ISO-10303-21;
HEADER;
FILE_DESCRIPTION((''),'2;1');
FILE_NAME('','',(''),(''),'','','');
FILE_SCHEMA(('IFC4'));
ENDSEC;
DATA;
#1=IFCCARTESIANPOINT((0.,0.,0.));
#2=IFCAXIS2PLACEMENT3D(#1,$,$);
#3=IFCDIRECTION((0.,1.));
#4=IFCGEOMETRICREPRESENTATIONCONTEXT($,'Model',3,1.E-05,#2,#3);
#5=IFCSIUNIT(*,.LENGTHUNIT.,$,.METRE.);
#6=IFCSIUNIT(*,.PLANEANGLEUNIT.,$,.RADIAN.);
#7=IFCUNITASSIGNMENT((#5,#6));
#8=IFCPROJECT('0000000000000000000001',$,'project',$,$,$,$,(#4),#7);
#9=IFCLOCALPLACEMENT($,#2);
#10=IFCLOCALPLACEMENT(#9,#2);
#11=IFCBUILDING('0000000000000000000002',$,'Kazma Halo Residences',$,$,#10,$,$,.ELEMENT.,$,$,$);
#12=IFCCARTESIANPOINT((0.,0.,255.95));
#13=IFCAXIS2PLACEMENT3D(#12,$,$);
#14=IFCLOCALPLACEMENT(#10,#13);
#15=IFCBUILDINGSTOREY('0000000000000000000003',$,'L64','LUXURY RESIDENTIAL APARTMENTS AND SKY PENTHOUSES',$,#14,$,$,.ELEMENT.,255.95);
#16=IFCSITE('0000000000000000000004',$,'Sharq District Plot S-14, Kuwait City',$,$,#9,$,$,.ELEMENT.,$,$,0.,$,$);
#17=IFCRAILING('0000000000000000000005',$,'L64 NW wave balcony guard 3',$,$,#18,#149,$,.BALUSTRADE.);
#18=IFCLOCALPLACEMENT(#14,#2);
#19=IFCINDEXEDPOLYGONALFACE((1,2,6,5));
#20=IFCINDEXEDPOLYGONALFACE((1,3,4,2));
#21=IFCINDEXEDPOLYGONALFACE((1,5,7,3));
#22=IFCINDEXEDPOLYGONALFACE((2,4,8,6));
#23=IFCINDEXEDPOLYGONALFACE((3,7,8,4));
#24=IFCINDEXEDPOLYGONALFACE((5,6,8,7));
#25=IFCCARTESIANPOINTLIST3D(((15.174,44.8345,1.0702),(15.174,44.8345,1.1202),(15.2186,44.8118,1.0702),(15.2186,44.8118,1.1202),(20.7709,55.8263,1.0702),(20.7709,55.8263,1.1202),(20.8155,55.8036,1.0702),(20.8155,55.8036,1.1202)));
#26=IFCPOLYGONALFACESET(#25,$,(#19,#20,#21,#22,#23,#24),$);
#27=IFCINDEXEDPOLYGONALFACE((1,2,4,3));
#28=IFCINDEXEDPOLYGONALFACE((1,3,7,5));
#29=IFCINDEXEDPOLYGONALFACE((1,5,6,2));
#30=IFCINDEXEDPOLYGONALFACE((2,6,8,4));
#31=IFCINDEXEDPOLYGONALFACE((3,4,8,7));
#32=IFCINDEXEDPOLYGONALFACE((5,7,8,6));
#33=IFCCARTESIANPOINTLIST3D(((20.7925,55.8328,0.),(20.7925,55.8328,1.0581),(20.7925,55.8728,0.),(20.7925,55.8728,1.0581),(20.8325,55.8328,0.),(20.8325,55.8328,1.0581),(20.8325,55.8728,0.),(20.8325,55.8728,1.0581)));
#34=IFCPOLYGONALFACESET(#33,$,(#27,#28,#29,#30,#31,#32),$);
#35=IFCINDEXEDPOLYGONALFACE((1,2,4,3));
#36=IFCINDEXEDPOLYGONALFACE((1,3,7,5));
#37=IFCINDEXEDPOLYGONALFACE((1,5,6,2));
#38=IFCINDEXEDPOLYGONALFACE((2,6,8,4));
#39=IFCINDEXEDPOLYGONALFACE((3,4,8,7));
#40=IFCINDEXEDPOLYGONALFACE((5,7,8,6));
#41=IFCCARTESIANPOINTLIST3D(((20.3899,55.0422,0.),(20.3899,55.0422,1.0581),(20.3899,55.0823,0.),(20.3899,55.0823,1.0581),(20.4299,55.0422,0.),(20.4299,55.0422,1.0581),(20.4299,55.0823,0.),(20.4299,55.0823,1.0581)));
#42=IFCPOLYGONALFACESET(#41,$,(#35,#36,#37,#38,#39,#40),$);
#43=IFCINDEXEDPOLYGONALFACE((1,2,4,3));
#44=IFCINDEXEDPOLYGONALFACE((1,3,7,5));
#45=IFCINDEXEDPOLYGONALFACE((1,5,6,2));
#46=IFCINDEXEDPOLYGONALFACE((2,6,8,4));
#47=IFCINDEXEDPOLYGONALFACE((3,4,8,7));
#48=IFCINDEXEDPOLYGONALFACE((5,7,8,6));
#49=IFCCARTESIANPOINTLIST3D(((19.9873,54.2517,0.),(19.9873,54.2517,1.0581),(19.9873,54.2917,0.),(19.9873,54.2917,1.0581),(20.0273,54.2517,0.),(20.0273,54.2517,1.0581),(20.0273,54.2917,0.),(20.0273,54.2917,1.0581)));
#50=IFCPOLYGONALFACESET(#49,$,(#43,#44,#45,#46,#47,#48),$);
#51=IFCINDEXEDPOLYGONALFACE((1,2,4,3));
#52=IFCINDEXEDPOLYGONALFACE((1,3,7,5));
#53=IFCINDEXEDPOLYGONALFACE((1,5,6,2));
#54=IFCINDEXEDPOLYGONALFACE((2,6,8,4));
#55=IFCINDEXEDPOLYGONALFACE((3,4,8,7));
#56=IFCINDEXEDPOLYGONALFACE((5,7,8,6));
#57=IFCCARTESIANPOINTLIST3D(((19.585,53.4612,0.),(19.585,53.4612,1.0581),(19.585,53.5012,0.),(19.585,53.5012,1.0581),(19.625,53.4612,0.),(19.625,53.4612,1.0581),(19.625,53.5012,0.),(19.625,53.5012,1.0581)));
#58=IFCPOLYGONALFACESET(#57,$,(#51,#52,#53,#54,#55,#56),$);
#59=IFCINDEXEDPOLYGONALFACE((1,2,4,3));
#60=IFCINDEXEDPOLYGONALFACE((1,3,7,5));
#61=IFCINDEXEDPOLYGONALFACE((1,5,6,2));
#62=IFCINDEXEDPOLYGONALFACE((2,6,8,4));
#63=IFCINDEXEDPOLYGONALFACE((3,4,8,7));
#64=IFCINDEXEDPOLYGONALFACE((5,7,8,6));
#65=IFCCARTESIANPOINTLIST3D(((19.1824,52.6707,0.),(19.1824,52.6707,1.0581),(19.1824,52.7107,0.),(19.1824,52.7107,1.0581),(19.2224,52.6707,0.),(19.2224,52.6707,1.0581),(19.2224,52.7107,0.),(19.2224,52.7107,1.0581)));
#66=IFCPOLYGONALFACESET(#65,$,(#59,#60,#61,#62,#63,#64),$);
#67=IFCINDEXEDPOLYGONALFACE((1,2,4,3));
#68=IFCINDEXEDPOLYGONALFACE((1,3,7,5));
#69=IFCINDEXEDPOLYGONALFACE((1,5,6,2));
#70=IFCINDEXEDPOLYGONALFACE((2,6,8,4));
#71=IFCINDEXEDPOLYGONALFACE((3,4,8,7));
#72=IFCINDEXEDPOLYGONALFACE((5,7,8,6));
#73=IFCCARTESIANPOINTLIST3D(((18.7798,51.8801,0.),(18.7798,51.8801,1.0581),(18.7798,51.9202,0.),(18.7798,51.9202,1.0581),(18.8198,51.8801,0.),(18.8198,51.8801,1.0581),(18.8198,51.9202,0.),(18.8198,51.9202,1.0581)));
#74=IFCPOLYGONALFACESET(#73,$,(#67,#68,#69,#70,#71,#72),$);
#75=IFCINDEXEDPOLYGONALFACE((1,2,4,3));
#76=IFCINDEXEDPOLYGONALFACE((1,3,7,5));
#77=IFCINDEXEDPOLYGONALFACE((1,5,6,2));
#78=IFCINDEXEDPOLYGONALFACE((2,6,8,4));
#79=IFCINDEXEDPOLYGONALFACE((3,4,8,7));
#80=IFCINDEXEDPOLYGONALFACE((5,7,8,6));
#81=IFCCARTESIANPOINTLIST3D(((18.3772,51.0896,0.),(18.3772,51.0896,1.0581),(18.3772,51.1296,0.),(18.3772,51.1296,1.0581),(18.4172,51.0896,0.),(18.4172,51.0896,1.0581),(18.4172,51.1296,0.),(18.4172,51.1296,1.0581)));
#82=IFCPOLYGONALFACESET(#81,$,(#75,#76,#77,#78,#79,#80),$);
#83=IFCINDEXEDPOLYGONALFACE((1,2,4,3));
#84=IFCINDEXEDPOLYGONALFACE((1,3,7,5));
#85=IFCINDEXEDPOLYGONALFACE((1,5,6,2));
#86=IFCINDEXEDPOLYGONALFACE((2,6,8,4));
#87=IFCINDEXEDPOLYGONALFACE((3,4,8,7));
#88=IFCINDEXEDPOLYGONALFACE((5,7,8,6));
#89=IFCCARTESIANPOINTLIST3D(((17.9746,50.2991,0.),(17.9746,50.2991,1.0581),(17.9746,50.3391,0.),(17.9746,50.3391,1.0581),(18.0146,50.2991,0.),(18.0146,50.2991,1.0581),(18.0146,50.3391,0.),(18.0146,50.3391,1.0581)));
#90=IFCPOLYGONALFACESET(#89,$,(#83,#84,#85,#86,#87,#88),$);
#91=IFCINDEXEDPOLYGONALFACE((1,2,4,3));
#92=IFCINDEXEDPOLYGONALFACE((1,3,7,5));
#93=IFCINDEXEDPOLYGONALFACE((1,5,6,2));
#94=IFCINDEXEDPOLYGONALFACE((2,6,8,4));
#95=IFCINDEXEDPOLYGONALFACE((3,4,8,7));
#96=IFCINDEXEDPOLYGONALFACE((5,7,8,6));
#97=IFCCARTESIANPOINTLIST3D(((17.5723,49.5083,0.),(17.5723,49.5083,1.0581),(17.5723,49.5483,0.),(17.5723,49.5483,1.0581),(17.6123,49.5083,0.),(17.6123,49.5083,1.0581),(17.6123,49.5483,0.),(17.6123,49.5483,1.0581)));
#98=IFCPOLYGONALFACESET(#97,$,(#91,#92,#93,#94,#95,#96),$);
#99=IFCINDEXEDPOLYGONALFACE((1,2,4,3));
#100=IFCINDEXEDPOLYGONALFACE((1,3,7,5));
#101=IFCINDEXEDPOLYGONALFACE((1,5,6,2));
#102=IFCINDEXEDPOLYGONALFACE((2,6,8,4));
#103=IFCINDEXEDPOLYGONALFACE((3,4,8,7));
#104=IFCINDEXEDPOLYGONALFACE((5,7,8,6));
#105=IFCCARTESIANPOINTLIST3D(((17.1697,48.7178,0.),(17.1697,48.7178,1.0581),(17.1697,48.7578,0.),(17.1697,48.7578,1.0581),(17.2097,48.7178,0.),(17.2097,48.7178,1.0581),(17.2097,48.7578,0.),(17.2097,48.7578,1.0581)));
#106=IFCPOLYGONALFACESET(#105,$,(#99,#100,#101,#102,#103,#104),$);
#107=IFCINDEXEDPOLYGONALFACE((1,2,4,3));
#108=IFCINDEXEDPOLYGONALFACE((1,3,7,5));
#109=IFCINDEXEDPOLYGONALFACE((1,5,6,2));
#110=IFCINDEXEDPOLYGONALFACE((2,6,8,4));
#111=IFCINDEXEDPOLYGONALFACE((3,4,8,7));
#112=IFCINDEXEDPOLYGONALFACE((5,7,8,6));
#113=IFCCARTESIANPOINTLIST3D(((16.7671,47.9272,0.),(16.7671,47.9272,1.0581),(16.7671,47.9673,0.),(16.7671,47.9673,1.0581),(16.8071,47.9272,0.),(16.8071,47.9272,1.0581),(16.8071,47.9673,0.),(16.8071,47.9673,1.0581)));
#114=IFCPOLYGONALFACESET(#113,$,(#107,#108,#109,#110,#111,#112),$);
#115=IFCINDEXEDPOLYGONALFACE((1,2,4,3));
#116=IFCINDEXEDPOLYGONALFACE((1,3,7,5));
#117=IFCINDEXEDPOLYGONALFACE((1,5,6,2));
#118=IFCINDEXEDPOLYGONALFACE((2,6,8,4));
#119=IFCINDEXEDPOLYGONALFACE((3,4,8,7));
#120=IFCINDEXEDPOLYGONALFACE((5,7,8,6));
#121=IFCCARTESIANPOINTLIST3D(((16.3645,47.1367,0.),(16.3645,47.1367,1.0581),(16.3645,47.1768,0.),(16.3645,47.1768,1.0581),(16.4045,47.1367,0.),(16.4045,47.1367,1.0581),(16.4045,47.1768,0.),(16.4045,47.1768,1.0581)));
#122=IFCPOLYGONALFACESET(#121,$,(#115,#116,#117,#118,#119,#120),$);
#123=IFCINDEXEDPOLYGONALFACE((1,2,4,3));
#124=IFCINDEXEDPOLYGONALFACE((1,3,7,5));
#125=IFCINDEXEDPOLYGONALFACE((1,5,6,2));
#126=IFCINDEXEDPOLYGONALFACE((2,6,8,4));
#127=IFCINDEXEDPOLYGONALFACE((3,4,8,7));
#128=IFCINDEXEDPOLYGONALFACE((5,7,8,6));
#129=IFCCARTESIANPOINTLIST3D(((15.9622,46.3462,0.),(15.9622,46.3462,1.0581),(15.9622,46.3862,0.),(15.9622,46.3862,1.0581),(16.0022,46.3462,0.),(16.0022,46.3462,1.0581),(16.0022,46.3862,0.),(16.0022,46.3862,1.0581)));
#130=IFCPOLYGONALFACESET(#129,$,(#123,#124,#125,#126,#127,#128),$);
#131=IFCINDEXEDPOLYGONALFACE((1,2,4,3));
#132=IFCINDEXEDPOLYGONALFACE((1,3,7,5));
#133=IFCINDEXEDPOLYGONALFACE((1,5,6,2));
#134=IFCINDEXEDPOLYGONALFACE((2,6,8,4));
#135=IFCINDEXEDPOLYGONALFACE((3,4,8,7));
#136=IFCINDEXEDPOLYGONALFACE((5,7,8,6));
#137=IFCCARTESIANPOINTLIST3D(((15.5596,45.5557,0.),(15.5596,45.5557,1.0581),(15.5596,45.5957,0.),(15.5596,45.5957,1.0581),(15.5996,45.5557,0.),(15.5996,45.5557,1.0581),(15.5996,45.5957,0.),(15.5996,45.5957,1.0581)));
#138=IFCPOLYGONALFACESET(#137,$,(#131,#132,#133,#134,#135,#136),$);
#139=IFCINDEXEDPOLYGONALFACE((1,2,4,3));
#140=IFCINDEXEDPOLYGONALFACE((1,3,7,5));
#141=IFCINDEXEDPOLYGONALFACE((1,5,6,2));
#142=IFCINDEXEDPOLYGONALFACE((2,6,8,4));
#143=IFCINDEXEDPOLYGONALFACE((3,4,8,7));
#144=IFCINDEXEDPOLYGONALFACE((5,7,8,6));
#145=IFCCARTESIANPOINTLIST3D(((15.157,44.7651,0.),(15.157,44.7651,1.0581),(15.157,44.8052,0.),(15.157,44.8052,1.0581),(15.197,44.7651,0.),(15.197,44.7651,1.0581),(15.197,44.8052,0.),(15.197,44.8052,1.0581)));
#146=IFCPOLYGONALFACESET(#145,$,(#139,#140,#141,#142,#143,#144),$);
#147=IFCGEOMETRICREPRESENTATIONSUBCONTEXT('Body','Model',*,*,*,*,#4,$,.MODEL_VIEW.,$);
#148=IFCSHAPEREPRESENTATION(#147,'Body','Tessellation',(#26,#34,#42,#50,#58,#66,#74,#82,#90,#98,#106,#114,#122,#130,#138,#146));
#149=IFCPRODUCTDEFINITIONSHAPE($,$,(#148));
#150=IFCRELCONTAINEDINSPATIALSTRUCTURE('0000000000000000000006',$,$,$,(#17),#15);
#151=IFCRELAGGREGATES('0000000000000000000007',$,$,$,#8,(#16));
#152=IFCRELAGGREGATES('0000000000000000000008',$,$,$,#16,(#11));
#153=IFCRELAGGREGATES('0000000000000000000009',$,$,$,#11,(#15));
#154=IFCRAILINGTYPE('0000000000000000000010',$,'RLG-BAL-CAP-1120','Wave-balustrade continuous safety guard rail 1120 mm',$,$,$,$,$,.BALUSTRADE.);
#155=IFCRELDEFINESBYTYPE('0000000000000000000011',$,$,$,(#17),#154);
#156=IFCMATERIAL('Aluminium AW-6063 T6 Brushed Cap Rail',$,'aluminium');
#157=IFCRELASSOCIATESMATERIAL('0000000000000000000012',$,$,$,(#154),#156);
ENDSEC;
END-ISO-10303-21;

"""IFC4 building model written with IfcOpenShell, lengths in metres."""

from ifc_helpers import new_model, si_unit, direction, frame, origin, origin_2d, place, context, subcontext, project, spatial, rectangle, extrude, material, type_object, element, save


model = new_model("IFC4")

# Units and contexts
model_context = context("Model", 3, precision=1e-05, world=origin(), true_north=direction((0.0, 1.0)))
body_context = subcontext(model_context, "Body", "Model", "MODEL_VIEW")
ifc_project = project(units=[si_unit("LENGTHUNIT", "METRE"), si_unit("PLANEANGLEUNIT", "RADIAN")], contexts=[model_context])

# Site, building, storey
site_placement = place(None, origin())
site = spatial("IfcSite", under=ifc_project, at=site_placement, Name="Sharq District Plot S-14, Kuwait City", CompositionType="ELEMENT", RefElevation=0.0)
building_placement = place(site_placement, origin())
building = spatial("IfcBuilding", under=site, at=building_placement, Name="Kazma Halo Residences", CompositionType="ELEMENT")
storey_placement = place(building_placement, frame((0.0, 0.0, 255.95)))
storey = spatial("IfcBuildingStorey", under=building, at=storey_placement, Name="L64", Description="LUXURY RESIDENTIAL APARTMENTS AND SKY PENTHOUSES", CompositionType="ELEMENT", Elevation=255.95)

# Railing
ifc_material_1 = material(Name="Aluminium AW-6063 T6 Brushed Cap Rail", Category="aluminium")
railing_type = type_object("IfcRailingType", Name="RLG-BAL-CAP-1120", Description="Wave-balustrade continuous safety guard rail 1120 mm", PredefinedType="BALUSTRADE", material=ifc_material_1)
railing_1_placement = place(storey_placement, frame((20.8125, 55.8528, 0.0)))
element("IfcRailing", 1, at=railing_1_placement, inside=storey, type_object=railing_type, Name="L64 NW wave balcony guard 3", PredefinedType="BALUSTRADE", context=body_context, shape_type="SweptSolid", body=[
    extrude(rectangle(XDim=0.05, YDim=0.05, at=origin_2d()), frame((-0.0193, -0.0378, 1.0952), z_axis=(-0.453751, -0.891128, 0.0), x_axis=(0.891128, -0.453751, 0.0)), (0.0, 0.0, 1.0), 12.3347),
    extrude(rectangle(XDim=0.04, YDim=0.04, at=origin_2d()), origin(), (0.0, 0.0, 1.0), 1.0581),
    extrude(rectangle(XDim=0.04, YDim=0.04, at=origin_2d()), frame((-0.4026, -0.7905, 0.0)), (0.0, 0.0, 1.0), 1.0581),
    extrude(rectangle(XDim=0.04, YDim=0.04, at=origin_2d()), frame((-0.8052, -1.5811, 0.0)), (0.0, 0.0, 1.0), 1.0581),
    extrude(rectangle(XDim=0.04, YDim=0.04, at=origin_2d()), frame((-1.2075, -2.3716, 0.0)), (0.0, 0.0, 1.0), 1.0581),
    extrude(rectangle(XDim=0.04, YDim=0.04, at=origin_2d()), frame((-1.6101, -3.1621, 0.0)), (0.0, 0.0, 1.0), 1.0581),
    extrude(rectangle(XDim=0.04, YDim=0.04, at=origin_2d()), frame((-2.0127, -3.9526, 0.0)), (0.0, 0.0, 1.0), 1.0581),
    extrude(rectangle(XDim=0.04, YDim=0.04, at=origin_2d()), frame((-2.4153, -4.7432, 0.0)), (0.0, 0.0, 1.0), 1.0581),
    extrude(rectangle(XDim=0.04, YDim=0.04, at=origin_2d()), frame((-2.8179, -5.5337, 0.0)), (0.0, 0.0, 1.0), 1.0581),
    extrude(rectangle(XDim=0.04, YDim=0.04, at=origin_2d()), frame((-3.2202, -6.3245, 0.0)), (0.0, 0.0, 1.0), 1.0581),
    extrude(rectangle(XDim=0.04, YDim=0.04, at=origin_2d()), frame((-3.6228, -7.115, 0.0)), (0.0, 0.0, 1.0), 1.0581),
    extrude(rectangle(XDim=0.04, YDim=0.04, at=origin_2d()), frame((-4.0254, -7.9055, 0.0)), (0.0, 0.0, 1.0), 1.0581),
    extrude(rectangle(XDim=0.04, YDim=0.04, at=origin_2d()), frame((-4.428, -8.696, 0.0)), (0.0, 0.0, 1.0), 1.0581),
    extrude(rectangle(XDim=0.04, YDim=0.04, at=origin_2d()), frame((-4.8303, -9.4866, 0.0)), (0.0, 0.0, 1.0), 1.0581),
    extrude(rectangle(XDim=0.04, YDim=0.04, at=origin_2d()), frame((-5.2329, -10.2771, 0.0)), (0.0, 0.0, 1.0), 1.0581),
    extrude(rectangle(XDim=0.04, YDim=0.04, at=origin_2d()), frame((-5.6355, -11.0676, 0.0)), (0.0, 0.0, 1.0), 1.0581),
])

save(model, "model.ifc")
